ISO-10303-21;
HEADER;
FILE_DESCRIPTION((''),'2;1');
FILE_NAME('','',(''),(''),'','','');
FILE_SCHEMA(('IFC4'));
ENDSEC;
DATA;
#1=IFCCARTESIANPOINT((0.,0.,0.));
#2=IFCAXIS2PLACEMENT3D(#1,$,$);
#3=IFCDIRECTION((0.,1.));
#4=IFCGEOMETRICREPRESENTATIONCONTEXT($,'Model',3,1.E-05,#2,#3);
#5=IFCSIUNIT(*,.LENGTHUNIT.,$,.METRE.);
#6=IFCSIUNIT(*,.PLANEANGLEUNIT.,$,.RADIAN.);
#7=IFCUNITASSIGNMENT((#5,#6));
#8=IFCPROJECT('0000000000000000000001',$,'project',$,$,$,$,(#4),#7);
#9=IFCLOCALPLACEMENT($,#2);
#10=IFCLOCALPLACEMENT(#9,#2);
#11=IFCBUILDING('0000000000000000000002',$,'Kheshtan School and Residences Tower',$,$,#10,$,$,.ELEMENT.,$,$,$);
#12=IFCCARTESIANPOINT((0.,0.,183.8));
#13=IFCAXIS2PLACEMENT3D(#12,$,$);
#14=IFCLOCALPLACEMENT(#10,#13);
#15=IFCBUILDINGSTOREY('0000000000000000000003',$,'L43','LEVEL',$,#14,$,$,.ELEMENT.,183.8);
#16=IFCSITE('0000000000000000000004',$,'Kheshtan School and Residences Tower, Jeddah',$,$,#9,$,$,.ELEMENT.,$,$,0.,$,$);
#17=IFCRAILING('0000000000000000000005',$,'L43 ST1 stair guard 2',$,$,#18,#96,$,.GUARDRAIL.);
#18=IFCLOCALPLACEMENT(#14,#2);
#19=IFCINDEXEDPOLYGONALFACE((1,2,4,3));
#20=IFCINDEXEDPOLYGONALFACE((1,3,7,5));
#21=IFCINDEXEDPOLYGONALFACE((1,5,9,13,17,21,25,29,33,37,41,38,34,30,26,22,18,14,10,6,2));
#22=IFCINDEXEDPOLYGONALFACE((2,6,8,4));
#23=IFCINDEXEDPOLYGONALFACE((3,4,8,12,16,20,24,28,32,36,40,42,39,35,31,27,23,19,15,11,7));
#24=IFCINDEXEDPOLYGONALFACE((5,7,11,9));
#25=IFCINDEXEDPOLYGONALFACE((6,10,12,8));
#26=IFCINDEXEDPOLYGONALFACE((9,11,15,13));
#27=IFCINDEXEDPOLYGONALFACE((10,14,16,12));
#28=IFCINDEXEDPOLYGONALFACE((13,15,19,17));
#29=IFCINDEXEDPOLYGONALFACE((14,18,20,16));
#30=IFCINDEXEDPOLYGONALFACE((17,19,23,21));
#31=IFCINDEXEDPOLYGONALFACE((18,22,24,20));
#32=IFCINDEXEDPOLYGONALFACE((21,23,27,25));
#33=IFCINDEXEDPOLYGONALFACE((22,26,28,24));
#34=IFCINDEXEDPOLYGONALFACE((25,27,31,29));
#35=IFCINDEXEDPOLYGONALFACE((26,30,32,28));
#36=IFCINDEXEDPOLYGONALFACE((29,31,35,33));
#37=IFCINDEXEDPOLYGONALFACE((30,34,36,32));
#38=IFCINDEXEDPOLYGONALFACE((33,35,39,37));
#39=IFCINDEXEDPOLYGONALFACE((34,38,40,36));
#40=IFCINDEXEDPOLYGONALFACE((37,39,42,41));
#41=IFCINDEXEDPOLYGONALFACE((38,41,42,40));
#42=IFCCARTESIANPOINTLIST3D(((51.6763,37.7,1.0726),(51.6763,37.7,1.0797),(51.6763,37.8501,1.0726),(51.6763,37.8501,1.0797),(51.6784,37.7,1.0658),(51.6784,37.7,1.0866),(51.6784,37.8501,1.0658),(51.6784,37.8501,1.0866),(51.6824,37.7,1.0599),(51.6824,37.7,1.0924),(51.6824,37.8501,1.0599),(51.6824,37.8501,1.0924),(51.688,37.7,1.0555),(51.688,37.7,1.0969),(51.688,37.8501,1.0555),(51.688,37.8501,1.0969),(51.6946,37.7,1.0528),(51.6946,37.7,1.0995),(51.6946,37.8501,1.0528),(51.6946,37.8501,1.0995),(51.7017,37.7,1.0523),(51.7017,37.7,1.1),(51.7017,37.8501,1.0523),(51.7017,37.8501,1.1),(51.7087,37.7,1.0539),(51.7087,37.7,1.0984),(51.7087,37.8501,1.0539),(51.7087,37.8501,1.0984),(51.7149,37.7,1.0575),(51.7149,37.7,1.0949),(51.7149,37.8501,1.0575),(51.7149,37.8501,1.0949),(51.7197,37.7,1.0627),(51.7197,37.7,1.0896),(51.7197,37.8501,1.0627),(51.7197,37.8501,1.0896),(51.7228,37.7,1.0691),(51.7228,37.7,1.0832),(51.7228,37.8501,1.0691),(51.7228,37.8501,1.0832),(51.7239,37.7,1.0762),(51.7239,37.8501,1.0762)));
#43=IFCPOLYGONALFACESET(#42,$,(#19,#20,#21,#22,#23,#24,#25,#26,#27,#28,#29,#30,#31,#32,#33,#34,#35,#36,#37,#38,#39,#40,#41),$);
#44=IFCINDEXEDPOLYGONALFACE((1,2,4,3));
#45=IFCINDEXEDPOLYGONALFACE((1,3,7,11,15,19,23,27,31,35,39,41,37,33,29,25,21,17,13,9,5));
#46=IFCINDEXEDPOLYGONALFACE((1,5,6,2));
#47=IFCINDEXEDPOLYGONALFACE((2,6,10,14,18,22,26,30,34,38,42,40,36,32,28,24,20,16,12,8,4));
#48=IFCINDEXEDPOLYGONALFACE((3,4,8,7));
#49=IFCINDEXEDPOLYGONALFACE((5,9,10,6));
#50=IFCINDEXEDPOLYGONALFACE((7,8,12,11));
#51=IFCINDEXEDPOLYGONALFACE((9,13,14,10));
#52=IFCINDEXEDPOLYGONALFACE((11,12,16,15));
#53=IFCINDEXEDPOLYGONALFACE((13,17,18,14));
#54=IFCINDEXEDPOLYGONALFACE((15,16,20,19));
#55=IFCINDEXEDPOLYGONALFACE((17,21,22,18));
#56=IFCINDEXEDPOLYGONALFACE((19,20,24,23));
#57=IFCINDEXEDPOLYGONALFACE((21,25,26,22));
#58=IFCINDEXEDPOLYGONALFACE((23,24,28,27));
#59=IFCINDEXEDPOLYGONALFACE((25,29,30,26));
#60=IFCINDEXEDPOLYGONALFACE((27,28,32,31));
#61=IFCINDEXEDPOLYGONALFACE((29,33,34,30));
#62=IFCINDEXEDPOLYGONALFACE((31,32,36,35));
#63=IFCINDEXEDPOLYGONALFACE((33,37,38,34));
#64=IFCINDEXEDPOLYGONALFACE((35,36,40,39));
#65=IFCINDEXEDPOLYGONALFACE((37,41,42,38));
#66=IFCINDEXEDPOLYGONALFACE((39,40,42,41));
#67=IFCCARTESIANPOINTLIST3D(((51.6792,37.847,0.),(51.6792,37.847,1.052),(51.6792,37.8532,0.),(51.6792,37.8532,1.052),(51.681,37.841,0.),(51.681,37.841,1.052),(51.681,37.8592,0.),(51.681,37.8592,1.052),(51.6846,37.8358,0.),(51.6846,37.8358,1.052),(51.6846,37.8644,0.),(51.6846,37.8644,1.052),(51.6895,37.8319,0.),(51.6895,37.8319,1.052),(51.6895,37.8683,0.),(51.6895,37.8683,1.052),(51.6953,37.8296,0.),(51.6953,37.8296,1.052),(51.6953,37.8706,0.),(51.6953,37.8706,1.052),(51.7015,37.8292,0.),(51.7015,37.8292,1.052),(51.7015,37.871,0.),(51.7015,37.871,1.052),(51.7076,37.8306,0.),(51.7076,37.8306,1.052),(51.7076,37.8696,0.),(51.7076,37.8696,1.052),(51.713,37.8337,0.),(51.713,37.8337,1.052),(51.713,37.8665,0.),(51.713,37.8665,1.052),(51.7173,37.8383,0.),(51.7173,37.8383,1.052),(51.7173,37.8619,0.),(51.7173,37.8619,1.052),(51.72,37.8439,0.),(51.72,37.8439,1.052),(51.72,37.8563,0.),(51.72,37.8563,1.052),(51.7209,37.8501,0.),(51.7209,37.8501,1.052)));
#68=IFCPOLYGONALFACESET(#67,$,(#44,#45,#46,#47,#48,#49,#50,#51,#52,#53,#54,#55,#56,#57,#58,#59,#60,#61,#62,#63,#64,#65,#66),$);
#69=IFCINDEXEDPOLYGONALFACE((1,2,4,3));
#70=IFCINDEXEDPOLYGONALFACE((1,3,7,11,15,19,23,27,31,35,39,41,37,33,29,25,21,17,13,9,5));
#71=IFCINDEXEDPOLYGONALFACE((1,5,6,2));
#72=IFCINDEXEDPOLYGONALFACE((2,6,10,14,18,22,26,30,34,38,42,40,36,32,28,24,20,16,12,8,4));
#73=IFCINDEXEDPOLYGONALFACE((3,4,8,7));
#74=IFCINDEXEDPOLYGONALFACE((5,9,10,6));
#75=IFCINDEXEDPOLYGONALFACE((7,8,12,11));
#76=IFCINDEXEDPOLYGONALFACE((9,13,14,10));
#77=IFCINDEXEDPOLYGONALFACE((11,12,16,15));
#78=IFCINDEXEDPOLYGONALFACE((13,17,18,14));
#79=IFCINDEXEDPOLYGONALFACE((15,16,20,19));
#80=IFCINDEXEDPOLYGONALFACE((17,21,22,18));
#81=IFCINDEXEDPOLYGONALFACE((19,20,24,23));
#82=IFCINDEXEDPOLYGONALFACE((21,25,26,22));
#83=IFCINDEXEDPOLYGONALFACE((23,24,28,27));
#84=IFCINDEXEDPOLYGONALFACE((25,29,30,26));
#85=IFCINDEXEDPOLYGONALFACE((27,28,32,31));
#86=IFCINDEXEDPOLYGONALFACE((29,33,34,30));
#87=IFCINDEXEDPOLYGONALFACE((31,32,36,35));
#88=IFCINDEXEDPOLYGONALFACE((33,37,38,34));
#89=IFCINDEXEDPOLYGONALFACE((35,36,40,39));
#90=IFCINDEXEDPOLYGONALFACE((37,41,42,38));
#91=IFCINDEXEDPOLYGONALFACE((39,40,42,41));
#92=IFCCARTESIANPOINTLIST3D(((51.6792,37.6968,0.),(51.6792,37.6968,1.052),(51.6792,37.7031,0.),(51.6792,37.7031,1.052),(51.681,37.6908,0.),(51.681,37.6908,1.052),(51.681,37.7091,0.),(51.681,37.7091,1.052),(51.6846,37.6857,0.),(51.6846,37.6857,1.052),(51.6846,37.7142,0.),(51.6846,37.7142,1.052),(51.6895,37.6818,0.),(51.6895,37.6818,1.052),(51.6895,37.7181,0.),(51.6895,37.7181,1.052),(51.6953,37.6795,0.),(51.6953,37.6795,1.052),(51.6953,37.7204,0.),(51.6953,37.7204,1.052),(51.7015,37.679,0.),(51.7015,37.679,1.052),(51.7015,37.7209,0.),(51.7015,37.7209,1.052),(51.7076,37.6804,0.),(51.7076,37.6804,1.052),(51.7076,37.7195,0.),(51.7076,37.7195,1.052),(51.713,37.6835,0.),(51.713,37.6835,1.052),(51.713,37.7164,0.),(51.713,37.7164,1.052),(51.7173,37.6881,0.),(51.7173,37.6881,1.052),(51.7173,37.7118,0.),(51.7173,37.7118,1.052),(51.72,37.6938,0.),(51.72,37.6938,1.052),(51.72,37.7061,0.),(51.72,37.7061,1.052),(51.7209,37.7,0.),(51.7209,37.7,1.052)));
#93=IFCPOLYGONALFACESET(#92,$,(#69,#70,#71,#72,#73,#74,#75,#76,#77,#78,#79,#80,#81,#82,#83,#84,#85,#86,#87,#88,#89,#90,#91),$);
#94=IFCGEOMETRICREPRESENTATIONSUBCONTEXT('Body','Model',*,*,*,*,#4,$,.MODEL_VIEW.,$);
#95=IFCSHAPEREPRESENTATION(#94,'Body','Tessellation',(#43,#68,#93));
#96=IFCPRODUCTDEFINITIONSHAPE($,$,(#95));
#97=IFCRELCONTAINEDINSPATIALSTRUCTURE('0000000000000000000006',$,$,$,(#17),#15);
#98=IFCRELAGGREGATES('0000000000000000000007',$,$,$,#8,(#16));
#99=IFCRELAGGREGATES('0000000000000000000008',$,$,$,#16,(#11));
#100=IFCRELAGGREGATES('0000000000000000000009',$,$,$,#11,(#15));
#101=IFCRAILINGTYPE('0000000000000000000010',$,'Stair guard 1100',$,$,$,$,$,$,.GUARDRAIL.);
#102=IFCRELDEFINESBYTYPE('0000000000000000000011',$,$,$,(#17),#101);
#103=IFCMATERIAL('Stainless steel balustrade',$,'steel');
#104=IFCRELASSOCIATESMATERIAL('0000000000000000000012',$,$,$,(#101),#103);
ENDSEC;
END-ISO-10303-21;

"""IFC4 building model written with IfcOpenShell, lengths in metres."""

from ifc_helpers import new_model, si_unit, direction, frame, origin, origin_2d, place, context, subcontext, project, spatial, circle, extrude, material, type_object, element, save


model = new_model("IFC4")

# Units and contexts
model_context = context("Model", 3, precision=1e-05, world=origin(), true_north=direction((0.0, 1.0)))
body_context = subcontext(model_context, "Body", "Model", "MODEL_VIEW")
ifc_project = project(units=[si_unit("LENGTHUNIT", "METRE"), si_unit("PLANEANGLEUNIT", "RADIAN")], contexts=[model_context])

# Site, building, storey
site_placement = place(None, origin())
site = spatial("IfcSite", under=ifc_project, at=site_placement, Name="Kheshtan School and Residences Tower, Jeddah", CompositionType="ELEMENT", RefElevation=0.0)
building_placement = place(site_placement, origin())
building = spatial("IfcBuilding", under=site, at=building_placement, Name="Kheshtan School and Residences Tower", CompositionType="ELEMENT")
storey_placement = place(building_placement, frame((0.0, 0.0, 183.8)))
storey = spatial("IfcBuildingStorey", under=building, at=storey_placement, Name="L43", Description="LEVEL", CompositionType="ELEMENT", Elevation=183.8)

# Railing
ifc_material_1 = material(Name="Stainless steel balustrade", Category="steel")
railing_type_1 = type_object("IfcRailingType", Name="Stair guard 1100", PredefinedType="GUARDRAIL", material=ifc_material_1)
railing_1_placement = place(storey_placement, frame((51.7, 37.8501, 0.0)))
element("IfcRailing", 1, at=railing_1_placement, inside=storey, type_object=railing_type_1, Name="L43 ST1 stair guard 2", PredefinedType="GUARDRAIL", context=body_context, shape_type="SweptSolid", body=[
    extrude(circle(Radius=0.0239, at=origin_2d()), frame((0.0, 0.0, 1.0762), z_axis=(0.0, -1.0, 0.0), x_axis=(1.0, 0.0, 0.0)), (0.0, 0.0, 1.0), 0.1501),
    extrude(circle(Radius=0.021, at=origin_2d()), origin(), (0.0, 0.0, 1.0), 1.052),
    extrude(circle(Radius=0.021, at=origin_2d()), frame((0.0, -0.1501, 0.0)), (0.0, 0.0, 1.0), 1.052),
])

save(model, "model.ifc")
